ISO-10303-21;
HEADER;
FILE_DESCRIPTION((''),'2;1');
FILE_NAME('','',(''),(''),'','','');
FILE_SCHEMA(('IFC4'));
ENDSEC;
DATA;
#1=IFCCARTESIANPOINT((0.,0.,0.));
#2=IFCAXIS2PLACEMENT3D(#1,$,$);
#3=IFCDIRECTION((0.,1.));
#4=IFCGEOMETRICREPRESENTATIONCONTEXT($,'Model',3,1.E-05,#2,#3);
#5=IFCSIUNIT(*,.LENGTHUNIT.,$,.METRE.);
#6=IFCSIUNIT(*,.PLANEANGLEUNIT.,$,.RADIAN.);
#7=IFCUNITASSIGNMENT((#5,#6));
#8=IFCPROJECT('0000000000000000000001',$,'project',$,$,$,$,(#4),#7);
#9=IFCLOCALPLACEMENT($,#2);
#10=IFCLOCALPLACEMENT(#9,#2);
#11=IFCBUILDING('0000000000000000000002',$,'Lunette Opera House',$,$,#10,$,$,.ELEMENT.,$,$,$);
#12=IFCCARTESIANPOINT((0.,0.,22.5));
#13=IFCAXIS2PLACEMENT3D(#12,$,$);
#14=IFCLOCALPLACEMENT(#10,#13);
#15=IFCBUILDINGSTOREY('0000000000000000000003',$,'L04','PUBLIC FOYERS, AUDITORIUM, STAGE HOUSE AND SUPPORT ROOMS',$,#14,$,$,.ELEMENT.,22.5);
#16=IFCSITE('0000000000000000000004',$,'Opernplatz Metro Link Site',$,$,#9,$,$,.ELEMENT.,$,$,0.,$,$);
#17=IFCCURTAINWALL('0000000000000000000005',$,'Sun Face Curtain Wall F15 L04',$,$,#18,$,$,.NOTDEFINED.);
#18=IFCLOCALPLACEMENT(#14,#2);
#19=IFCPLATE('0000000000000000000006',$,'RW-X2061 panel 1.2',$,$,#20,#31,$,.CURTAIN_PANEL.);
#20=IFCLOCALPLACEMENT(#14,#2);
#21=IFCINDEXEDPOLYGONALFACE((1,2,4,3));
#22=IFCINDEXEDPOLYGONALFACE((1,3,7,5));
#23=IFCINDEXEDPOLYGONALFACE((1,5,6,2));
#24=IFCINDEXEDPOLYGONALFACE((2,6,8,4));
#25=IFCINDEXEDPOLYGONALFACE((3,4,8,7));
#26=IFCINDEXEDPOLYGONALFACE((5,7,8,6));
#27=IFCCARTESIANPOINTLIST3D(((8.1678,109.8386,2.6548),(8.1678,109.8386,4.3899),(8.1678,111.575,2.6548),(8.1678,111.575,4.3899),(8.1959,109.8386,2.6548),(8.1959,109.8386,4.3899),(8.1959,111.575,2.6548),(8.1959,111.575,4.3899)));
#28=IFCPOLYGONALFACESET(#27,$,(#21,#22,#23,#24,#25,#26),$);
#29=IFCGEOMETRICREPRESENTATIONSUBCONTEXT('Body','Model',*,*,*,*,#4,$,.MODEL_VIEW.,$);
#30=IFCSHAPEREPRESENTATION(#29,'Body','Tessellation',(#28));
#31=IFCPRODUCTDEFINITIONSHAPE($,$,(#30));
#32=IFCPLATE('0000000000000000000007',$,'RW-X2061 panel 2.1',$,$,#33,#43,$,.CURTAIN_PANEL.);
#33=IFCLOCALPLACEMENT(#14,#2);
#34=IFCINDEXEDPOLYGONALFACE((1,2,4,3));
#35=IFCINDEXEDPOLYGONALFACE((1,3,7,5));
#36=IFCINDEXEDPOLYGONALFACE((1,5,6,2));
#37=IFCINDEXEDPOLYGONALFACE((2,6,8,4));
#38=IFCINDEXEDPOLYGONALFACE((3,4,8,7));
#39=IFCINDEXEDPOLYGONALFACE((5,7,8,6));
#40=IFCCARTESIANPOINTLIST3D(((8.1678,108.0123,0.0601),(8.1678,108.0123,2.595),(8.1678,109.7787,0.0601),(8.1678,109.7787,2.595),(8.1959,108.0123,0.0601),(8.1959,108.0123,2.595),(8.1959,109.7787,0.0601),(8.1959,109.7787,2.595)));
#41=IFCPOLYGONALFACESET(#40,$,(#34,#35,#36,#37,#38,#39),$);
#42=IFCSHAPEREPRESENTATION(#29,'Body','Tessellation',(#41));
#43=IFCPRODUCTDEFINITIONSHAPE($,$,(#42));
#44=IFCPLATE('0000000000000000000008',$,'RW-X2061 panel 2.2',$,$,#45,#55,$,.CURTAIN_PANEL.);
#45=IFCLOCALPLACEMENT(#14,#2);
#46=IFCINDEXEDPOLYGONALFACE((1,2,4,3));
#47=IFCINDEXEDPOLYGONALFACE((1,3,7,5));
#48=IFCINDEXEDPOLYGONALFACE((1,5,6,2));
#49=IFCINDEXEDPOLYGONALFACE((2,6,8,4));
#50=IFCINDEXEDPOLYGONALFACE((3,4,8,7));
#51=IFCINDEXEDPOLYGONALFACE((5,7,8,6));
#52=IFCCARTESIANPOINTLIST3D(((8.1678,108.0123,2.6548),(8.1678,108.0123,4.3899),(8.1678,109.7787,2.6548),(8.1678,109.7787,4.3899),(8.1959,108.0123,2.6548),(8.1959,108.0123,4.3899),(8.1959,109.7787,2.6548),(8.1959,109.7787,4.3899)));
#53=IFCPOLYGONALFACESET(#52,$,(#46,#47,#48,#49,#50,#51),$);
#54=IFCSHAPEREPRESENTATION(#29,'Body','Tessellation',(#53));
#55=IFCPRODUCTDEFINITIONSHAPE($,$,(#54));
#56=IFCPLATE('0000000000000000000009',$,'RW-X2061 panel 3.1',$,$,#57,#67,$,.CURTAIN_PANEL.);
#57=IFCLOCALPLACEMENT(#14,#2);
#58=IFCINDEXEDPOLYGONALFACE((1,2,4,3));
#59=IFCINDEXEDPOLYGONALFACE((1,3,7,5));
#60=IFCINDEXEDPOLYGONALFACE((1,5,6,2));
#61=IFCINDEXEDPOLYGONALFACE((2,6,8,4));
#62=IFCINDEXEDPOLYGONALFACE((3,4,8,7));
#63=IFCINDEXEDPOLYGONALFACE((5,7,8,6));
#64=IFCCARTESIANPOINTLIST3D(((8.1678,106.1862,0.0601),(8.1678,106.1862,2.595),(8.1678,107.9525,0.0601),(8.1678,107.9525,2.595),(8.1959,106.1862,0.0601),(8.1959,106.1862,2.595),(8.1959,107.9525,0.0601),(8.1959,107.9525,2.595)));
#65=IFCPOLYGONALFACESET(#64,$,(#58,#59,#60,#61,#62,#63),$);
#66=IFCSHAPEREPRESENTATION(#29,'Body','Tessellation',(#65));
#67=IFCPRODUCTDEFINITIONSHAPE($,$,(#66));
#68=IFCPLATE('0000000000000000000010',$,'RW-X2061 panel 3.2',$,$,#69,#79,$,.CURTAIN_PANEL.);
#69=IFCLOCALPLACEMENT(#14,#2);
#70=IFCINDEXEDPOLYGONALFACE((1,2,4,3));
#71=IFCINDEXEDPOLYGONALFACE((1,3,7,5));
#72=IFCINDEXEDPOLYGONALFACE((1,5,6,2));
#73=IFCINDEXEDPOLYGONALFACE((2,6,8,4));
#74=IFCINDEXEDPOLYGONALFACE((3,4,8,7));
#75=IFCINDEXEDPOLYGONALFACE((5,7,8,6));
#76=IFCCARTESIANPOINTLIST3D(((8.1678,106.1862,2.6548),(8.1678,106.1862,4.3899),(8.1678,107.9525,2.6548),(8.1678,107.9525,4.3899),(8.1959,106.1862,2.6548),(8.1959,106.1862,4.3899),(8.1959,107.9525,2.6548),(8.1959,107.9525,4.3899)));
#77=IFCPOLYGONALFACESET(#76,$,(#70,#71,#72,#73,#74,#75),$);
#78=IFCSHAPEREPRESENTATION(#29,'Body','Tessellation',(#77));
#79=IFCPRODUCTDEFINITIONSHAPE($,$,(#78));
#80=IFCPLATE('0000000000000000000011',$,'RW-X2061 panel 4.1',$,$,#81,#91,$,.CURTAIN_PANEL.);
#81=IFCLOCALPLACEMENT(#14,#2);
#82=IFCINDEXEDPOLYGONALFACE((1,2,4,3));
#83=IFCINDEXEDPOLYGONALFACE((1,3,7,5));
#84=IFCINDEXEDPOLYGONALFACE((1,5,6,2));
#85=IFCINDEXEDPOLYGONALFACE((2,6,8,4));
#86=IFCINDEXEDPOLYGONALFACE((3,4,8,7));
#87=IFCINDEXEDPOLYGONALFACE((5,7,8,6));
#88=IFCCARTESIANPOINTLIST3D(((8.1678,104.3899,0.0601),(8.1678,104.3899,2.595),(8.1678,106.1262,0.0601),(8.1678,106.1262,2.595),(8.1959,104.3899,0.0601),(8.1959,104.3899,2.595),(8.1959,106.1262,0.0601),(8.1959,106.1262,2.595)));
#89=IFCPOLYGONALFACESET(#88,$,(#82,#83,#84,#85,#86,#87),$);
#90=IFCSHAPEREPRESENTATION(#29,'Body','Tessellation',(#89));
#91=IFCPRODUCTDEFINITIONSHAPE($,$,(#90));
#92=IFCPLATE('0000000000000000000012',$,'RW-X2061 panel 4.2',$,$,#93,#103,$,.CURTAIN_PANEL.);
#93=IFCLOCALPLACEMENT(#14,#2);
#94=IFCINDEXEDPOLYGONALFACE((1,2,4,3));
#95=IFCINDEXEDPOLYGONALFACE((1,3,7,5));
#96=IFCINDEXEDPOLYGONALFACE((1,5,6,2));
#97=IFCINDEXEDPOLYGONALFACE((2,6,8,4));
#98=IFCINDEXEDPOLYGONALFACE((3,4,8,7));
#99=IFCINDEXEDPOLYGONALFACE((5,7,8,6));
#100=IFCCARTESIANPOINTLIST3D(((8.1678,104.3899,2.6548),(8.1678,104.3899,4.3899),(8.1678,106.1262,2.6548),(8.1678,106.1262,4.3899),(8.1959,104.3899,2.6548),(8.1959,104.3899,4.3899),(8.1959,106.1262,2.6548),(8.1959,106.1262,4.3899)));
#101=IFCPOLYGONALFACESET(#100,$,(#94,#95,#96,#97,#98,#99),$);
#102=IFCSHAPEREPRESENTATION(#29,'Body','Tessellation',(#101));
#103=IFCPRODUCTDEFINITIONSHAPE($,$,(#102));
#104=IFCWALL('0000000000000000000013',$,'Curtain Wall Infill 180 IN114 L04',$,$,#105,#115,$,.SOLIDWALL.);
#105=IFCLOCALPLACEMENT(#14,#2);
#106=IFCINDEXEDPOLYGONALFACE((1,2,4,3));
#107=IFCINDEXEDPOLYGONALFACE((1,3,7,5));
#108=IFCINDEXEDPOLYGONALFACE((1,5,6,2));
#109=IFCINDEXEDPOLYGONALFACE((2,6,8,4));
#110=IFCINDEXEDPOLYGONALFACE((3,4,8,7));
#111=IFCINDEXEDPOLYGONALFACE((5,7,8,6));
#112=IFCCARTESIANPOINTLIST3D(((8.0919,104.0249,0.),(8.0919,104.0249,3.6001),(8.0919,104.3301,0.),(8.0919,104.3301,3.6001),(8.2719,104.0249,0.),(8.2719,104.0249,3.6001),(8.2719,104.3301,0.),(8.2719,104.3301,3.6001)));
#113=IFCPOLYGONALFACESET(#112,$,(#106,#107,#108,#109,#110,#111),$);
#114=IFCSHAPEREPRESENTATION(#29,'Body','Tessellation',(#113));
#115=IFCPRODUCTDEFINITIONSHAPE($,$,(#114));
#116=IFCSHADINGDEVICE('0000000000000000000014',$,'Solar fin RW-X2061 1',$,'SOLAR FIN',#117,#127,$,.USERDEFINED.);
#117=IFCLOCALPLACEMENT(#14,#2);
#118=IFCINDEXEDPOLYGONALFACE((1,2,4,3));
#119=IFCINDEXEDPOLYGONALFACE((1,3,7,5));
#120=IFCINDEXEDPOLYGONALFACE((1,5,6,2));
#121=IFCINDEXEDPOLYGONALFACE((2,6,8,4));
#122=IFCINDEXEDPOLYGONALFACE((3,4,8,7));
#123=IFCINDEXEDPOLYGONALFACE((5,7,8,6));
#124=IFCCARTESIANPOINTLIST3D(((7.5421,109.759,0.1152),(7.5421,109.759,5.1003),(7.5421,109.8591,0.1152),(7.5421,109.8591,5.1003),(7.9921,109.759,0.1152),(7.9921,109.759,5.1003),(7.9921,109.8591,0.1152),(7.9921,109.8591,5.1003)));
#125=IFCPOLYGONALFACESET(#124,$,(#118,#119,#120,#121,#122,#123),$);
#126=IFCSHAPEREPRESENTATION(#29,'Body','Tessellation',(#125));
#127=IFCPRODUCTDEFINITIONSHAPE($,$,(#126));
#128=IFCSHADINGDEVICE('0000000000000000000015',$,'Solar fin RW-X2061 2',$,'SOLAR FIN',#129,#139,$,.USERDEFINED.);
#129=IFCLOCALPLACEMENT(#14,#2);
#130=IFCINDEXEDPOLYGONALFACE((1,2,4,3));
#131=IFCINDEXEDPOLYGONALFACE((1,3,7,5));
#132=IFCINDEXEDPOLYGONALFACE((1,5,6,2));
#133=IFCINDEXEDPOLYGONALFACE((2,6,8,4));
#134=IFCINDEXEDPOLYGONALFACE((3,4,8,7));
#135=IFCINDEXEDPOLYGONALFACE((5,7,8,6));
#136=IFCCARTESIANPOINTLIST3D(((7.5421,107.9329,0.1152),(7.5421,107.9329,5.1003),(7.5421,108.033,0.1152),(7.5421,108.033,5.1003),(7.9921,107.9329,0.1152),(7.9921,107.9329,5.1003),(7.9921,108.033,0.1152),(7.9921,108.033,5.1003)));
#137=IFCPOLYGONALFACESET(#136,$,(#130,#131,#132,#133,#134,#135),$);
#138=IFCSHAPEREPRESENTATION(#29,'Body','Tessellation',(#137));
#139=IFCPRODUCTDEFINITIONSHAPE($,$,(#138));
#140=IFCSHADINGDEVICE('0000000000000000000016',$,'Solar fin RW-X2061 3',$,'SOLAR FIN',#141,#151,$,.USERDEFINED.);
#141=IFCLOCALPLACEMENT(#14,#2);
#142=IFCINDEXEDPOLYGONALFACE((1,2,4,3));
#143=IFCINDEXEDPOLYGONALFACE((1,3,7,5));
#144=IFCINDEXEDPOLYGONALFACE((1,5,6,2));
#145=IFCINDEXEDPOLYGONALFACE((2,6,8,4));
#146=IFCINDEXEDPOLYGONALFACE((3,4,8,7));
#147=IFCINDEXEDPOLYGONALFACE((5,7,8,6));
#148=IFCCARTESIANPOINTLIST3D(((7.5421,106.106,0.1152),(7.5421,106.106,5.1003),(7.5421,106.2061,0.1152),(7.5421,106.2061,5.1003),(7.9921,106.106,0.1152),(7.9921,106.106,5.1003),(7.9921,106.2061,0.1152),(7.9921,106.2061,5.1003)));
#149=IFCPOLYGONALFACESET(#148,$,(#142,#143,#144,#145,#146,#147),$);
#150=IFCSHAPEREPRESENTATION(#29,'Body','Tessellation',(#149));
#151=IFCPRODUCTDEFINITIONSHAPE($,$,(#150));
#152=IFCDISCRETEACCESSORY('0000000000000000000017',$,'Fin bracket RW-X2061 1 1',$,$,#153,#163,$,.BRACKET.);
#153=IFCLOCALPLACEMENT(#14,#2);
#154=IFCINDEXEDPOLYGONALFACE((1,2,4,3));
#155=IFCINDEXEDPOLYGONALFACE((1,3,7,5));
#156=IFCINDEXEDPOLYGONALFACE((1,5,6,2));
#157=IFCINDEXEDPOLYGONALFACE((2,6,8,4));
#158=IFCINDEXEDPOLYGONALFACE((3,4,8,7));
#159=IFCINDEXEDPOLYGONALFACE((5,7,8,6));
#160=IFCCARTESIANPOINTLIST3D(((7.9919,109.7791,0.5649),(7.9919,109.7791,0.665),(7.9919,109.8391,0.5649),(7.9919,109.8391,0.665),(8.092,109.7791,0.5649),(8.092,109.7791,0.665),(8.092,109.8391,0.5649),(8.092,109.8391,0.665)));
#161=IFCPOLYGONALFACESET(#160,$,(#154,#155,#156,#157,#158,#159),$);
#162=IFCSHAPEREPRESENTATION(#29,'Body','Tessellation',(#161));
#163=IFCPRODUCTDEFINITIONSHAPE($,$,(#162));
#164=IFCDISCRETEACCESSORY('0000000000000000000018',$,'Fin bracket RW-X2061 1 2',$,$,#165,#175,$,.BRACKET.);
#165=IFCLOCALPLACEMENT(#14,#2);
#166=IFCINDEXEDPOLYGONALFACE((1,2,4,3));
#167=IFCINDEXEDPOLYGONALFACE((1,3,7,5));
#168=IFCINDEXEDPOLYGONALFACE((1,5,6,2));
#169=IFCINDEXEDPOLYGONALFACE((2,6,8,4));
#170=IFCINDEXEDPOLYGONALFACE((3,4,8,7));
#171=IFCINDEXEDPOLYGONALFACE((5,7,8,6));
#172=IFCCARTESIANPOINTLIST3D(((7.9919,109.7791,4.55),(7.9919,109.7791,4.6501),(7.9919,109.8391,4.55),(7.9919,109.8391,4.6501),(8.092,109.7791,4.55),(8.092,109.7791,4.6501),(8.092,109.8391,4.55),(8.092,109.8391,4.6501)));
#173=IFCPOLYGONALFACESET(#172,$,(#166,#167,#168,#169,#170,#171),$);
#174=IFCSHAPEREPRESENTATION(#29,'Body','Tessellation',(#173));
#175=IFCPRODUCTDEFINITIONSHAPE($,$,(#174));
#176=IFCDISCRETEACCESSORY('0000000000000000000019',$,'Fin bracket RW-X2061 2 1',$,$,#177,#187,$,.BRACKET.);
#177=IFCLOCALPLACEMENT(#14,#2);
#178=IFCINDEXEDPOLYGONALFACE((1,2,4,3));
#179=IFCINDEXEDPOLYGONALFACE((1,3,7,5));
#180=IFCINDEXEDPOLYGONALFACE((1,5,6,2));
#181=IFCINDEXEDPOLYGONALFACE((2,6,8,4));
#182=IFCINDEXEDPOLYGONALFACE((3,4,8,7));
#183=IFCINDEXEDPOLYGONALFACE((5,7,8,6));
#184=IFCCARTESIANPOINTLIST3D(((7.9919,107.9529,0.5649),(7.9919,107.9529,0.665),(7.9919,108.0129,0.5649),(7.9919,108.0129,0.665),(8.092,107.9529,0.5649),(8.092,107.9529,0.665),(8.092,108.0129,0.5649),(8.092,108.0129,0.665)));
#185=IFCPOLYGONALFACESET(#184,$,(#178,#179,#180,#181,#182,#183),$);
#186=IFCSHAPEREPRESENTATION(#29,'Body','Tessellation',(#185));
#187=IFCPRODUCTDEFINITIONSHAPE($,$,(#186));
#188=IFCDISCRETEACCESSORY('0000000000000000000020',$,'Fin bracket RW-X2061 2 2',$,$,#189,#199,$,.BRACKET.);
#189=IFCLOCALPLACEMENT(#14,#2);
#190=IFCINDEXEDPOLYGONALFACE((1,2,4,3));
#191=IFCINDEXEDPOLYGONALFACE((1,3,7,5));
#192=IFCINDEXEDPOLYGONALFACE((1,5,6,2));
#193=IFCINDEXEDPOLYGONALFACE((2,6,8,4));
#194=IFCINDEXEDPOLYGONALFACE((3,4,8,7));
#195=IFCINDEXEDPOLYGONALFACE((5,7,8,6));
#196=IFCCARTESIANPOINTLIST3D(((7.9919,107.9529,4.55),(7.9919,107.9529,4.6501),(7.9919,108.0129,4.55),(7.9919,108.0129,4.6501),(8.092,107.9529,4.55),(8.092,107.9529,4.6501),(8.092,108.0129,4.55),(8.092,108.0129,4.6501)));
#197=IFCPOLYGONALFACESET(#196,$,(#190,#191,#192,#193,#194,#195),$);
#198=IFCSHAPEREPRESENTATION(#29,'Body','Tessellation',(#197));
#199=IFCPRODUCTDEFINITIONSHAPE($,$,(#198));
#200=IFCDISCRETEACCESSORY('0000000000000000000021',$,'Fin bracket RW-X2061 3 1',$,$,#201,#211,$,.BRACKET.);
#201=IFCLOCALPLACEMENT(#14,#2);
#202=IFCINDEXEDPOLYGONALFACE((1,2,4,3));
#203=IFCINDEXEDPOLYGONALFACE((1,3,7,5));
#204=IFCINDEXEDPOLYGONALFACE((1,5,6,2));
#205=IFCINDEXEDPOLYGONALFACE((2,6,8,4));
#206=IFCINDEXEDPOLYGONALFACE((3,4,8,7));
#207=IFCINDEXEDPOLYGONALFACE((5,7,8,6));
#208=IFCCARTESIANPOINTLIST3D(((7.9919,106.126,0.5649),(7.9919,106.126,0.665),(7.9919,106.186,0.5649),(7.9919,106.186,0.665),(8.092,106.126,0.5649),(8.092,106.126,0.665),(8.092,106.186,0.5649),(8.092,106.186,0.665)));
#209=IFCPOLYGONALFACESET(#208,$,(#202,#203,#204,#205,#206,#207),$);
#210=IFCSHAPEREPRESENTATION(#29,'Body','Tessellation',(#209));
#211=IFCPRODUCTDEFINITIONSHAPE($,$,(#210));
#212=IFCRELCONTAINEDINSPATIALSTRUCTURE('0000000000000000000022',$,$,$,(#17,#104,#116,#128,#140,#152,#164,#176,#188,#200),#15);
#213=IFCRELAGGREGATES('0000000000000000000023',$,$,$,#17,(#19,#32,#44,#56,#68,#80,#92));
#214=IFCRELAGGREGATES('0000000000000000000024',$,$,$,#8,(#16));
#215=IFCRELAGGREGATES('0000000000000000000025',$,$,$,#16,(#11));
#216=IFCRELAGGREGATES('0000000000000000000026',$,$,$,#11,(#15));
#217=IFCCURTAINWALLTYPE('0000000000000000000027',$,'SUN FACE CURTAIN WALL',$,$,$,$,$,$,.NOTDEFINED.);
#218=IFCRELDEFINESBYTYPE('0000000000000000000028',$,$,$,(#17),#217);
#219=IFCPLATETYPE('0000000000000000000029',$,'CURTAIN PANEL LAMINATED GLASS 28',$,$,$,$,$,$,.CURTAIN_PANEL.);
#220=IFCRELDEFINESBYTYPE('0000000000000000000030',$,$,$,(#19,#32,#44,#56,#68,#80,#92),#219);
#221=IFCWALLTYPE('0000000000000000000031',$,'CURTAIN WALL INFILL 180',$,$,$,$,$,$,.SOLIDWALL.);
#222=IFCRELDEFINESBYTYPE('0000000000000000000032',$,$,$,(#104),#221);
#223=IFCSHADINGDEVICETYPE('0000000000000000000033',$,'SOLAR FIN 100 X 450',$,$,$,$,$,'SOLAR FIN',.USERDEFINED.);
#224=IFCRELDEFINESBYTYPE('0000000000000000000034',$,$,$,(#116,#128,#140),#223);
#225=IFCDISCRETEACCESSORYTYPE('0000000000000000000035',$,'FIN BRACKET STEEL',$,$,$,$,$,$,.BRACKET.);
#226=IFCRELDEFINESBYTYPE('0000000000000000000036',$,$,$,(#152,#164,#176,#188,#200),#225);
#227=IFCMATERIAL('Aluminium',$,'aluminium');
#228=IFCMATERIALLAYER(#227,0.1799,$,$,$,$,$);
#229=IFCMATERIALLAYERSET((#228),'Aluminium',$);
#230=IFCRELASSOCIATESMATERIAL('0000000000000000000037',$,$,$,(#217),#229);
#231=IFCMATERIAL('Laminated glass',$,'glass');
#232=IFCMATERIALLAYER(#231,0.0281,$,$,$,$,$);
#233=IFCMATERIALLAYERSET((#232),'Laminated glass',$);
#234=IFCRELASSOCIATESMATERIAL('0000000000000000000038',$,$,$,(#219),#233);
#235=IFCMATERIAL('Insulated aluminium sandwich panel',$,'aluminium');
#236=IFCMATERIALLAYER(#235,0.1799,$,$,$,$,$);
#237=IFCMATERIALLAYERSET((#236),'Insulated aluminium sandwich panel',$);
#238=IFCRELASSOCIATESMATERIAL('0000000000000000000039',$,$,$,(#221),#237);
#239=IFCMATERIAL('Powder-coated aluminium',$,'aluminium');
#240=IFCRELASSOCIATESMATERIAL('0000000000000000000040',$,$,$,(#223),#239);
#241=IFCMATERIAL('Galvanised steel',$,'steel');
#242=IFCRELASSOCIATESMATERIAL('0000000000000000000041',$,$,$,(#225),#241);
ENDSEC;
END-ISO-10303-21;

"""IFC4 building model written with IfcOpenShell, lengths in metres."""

from ifc_helpers import new_model, si_unit, direction, frame, frame_2d, origin, origin_2d, place, context, subcontext, project, spatial, rectangle, extrude, material, layer, layer_set, type_object, element, aggregate, save


model = new_model("IFC4")

# Units and contexts
model_context = context("Model", 3, precision=1e-05, world=origin(), true_north=direction((0.0, 1.0)))
body_context = subcontext(model_context, "Body", "Model", "MODEL_VIEW")
ifc_project = project(units=[si_unit("LENGTHUNIT", "METRE"), si_unit("PLANEANGLEUNIT", "RADIAN")], contexts=[model_context])

# Site, building, storey
site_placement = place(None, origin())
site = spatial("IfcSite", under=ifc_project, at=site_placement, Name="Opernplatz Metro Link Site", CompositionType="ELEMENT", RefElevation=0.0)
building_placement = place(site_placement, origin())
building = spatial("IfcBuilding", under=site, at=building_placement, Name="Lunette Opera House", CompositionType="ELEMENT")
storey_placement = place(building_placement, frame((0.0, 0.0, 22.5)))
storey = spatial("IfcBuildingStorey", under=building, at=storey_placement, Name="L04", Description="PUBLIC FOYERS, AUDITORIUM, STAGE HOUSE AND SUPPORT ROOMS", CompositionType="ELEMENT", Elevation=22.5)

# Curtain wall, plates
ifc_material_1 = material(Name="Aluminium", Category="aluminium")
ifc_layer_1 = layer(ifc_material_1, 0.1799)
ifc_layer_set_1 = layer_set([ifc_layer_1], Name="Aluminium")
curtain_wall_type = type_object("IfcCurtainWallType", Name="SUN FACE CURTAIN WALL", PredefinedType="NOTDEFINED", material=ifc_layer_set_1)
curtain_wall_placement = place(storey_placement, origin())
curtain_wall = element("IfcCurtainWall", 1, at=curtain_wall_placement, inside=storey, type_object=curtain_wall_type, Name="Sun Face Curtain Wall F15 L04", PredefinedType="NOTDEFINED")
ifc_material_2 = material(Name="Laminated glass", Category="glass")
ifc_layer_2 = layer(ifc_material_2, 0.0281)
ifc_layer_set_2 = layer_set([ifc_layer_2], Name="Laminated glass")
plate_type = type_object("IfcPlateType", Name="CURTAIN PANEL LAMINATED GLASS 28", PredefinedType="CURTAIN_PANEL", material=ifc_layer_set_2)
plate_1_placement = place(storey_placement, frame((8.1819, 110.7068, 2.6548), z_axis=(0.0, 0.0, 1.0), x_axis=(0.0, -1.0, 0.0)))
plate_1 = element("IfcPlate", 2, at=plate_1_placement, type_object=plate_type, Name="RW-X2061 panel 1.2", PredefinedType="CURTAIN_PANEL", context=body_context, shape_type="SweptSolid", body=[
    extrude(rectangle(XDim=1.7363, YDim=0.0281, at=origin_2d()), origin(), (0.0, 0.0, 1.0), 1.7351),
])
plate_2_placement = place(storey_placement, frame((8.1819, 108.8955, 0.0601), z_axis=(0.0, 0.0, 1.0), x_axis=(0.0, -1.0, 0.0)))
plate_2 = element("IfcPlate", 3, at=plate_2_placement, type_object=plate_type, Name="RW-X2061 panel 2.1", PredefinedType="CURTAIN_PANEL", context=body_context, shape_type="SweptSolid", body=[
    extrude(rectangle(XDim=1.7664, YDim=0.0281, at=origin_2d()), origin(), (0.0, 0.0, 1.0), 2.5349),
])
plate_3_placement = place(storey_placement, frame((8.1819, 108.8955, 2.6548), z_axis=(0.0, 0.0, 1.0), x_axis=(0.0, -1.0, 0.0)))
plate_3 = element("IfcPlate", 4, at=plate_3_placement, type_object=plate_type, Name="RW-X2061 panel 2.2", PredefinedType="CURTAIN_PANEL", context=body_context, shape_type="SweptSolid", body=[
    extrude(rectangle(XDim=1.7664, YDim=0.0281, at=origin_2d()), origin(), (0.0, 0.0, 1.0), 1.7351),
])
plate_4_placement = place(storey_placement, frame((8.1819, 107.0693, 0.0601), z_axis=(0.0, 0.0, 1.0), x_axis=(0.0, -1.0, 0.0)))
plate_4 = element("IfcPlate", 5, at=plate_4_placement, type_object=plate_type, Name="RW-X2061 panel 3.1", PredefinedType="CURTAIN_PANEL", context=body_context, shape_type="SweptSolid", body=[
    extrude(rectangle(XDim=1.7664, YDim=0.0281, at=origin_2d()), origin(), (0.0, 0.0, 1.0), 2.5349),
])
plate_5_placement = place(storey_placement, frame((8.1819, 107.0693, 2.6548), z_axis=(0.0, 0.0, 1.0), x_axis=(0.0, -1.0, 0.0)))
plate_5 = element("IfcPlate", 6, at=plate_5_placement, type_object=plate_type, Name="RW-X2061 panel 3.2", PredefinedType="CURTAIN_PANEL", context=body_context, shape_type="SweptSolid", body=[
    extrude(rectangle(XDim=1.7664, YDim=0.0281, at=origin_2d()), origin(), (0.0, 0.0, 1.0), 1.7351),
])
plate_6_placement = place(storey_placement, frame((8.1819, 105.2581, 0.0601), z_axis=(0.0, 0.0, 1.0), x_axis=(0.0, -1.0, 0.0)))
plate_6 = element("IfcPlate", 7, at=plate_6_placement, type_object=plate_type, Name="RW-X2061 panel 4.1", PredefinedType="CURTAIN_PANEL", context=body_context, shape_type="SweptSolid", body=[
    extrude(rectangle(XDim=1.7363, YDim=0.0281, at=origin_2d()), origin(), (0.0, 0.0, 1.0), 2.5349),
])
plate_7_placement = place(storey_placement, frame((8.1819, 105.2581, 2.6548), z_axis=(0.0, 0.0, 1.0), x_axis=(0.0, -1.0, 0.0)))
plate_7 = element("IfcPlate", 8, at=plate_7_placement, type_object=plate_type, Name="RW-X2061 panel 4.2", PredefinedType="CURTAIN_PANEL", context=body_context, shape_type="SweptSolid", body=[
    extrude(rectangle(XDim=1.7363, YDim=0.0281, at=origin_2d()), origin(), (0.0, 0.0, 1.0), 1.7351),
])
aggregate(curtain_wall, [plate_1, plate_2, plate_3, plate_4, plate_5, plate_6, plate_7])

# Wall
ifc_material_3 = material(Name="Insulated aluminium sandwich panel", Category="aluminium")
ifc_layer_3 = layer(ifc_material_3, 0.1799)
ifc_layer_set_3 = layer_set([ifc_layer_3], Name="Insulated aluminium sandwich panel")
wall_type = type_object("IfcWallType", Name="CURTAIN WALL INFILL 180", PredefinedType="SOLIDWALL", material=ifc_layer_set_3)
wall_placement = place(storey_placement, frame((8.1819, 104.3301, 0.0), z_axis=(0.0, 0.0, 1.0), x_axis=(0.0, -1.0, 0.0)))
element("IfcWall", 9, at=wall_placement, inside=storey, type_object=wall_type, Name="Curtain Wall Infill 180 IN114 L04", PredefinedType="SOLIDWALL", context=body_context, shape_type="SweptSolid", body=[
    extrude(rectangle(XDim=0.3052, YDim=0.1799, at=frame_2d((0.1526, 0.0))), origin(), (0.0, 0.0, 1.0), 3.6001),
])

# Shading devices
ifc_material_4 = material(Name="Powder-coated aluminium", Category="aluminium")
shading_device_type = type_object("IfcShadingDeviceType", Name="SOLAR FIN 100 X 450", ElementType="SOLAR FIN", PredefinedType="USERDEFINED", material=ifc_material_4)
for number, where, z_axis, x_axis, name in (
    (10, (7.7671, 109.8091, 0.1152), (0.0, 0.0, 1.0), (-1.0, 0.0, 0.0), "Solar fin RW-X2061 1"),
    (11, (7.7671, 107.9829, 0.1152), (0.0, 0.0, 1.0), (-1.0, 0.0, 0.0), "Solar fin RW-X2061 2"),
    (12, (7.7671, 106.156, 0.1152), (0.0, 0.0, 1.0), (-1.0, 0.0, 0.0), "Solar fin RW-X2061 3"),
):
    element("IfcShadingDevice", number, at=place(storey_placement, frame(where, z_axis=z_axis, x_axis=x_axis)), inside=storey, type_object=shading_device_type, Name=name, ObjectType="SOLAR FIN", PredefinedType="USERDEFINED", context=body_context, shape_type="SweptSolid", body=[
        extrude(rectangle(XDim=0.45, YDim=0.1001, at=origin_2d()), origin(), (0.0, 0.0, 1.0), 4.9851),
    ])

# Discrete accessories
ifc_material_5 = material(Name="Galvanised steel", Category="steel")
discrete_accessory_type = type_object("IfcDiscreteAccessoryType", Name="FIN BRACKET STEEL", PredefinedType="BRACKET", material=ifc_material_5)
for number, where, z_axis, x_axis, name in (
    (13, (8.042, 109.8091, 0.5649), (0.0, 0.0, 1.0), (-1.0, 0.0, 0.0), "Fin bracket RW-X2061 1 1"),
    (14, (8.042, 109.8091, 4.55), (0.0, 0.0, 1.0), (-1.0, 0.0, 0.0), "Fin bracket RW-X2061 1 2"),
    (15, (8.042, 107.9829, 0.5649), (0.0, 0.0, 1.0), (-1.0, 0.0, 0.0), "Fin bracket RW-X2061 2 1"),
    (16, (8.042, 107.9829, 4.55), (0.0, 0.0, 1.0), (-1.0, 0.0, 0.0), "Fin bracket RW-X2061 2 2"),
    (17, (8.042, 106.156, 0.5649), (0.0, 0.0, 1.0), (-1.0, 0.0, 0.0), "Fin bracket RW-X2061 3 1"),
):
    element("IfcDiscreteAccessory", number, at=place(storey_placement, frame(where, z_axis=z_axis, x_axis=x_axis)), inside=storey, type_object=discrete_accessory_type, Name=name, PredefinedType="BRACKET", context=body_context, shape_type="SweptSolid", body=[
        extrude(rectangle(XDim=0.1001, YDim=0.0601, at=origin_2d()), origin(), (0.0, 0.0, 1.0), 0.1001),
    ])

save(model, "model.ifc")
